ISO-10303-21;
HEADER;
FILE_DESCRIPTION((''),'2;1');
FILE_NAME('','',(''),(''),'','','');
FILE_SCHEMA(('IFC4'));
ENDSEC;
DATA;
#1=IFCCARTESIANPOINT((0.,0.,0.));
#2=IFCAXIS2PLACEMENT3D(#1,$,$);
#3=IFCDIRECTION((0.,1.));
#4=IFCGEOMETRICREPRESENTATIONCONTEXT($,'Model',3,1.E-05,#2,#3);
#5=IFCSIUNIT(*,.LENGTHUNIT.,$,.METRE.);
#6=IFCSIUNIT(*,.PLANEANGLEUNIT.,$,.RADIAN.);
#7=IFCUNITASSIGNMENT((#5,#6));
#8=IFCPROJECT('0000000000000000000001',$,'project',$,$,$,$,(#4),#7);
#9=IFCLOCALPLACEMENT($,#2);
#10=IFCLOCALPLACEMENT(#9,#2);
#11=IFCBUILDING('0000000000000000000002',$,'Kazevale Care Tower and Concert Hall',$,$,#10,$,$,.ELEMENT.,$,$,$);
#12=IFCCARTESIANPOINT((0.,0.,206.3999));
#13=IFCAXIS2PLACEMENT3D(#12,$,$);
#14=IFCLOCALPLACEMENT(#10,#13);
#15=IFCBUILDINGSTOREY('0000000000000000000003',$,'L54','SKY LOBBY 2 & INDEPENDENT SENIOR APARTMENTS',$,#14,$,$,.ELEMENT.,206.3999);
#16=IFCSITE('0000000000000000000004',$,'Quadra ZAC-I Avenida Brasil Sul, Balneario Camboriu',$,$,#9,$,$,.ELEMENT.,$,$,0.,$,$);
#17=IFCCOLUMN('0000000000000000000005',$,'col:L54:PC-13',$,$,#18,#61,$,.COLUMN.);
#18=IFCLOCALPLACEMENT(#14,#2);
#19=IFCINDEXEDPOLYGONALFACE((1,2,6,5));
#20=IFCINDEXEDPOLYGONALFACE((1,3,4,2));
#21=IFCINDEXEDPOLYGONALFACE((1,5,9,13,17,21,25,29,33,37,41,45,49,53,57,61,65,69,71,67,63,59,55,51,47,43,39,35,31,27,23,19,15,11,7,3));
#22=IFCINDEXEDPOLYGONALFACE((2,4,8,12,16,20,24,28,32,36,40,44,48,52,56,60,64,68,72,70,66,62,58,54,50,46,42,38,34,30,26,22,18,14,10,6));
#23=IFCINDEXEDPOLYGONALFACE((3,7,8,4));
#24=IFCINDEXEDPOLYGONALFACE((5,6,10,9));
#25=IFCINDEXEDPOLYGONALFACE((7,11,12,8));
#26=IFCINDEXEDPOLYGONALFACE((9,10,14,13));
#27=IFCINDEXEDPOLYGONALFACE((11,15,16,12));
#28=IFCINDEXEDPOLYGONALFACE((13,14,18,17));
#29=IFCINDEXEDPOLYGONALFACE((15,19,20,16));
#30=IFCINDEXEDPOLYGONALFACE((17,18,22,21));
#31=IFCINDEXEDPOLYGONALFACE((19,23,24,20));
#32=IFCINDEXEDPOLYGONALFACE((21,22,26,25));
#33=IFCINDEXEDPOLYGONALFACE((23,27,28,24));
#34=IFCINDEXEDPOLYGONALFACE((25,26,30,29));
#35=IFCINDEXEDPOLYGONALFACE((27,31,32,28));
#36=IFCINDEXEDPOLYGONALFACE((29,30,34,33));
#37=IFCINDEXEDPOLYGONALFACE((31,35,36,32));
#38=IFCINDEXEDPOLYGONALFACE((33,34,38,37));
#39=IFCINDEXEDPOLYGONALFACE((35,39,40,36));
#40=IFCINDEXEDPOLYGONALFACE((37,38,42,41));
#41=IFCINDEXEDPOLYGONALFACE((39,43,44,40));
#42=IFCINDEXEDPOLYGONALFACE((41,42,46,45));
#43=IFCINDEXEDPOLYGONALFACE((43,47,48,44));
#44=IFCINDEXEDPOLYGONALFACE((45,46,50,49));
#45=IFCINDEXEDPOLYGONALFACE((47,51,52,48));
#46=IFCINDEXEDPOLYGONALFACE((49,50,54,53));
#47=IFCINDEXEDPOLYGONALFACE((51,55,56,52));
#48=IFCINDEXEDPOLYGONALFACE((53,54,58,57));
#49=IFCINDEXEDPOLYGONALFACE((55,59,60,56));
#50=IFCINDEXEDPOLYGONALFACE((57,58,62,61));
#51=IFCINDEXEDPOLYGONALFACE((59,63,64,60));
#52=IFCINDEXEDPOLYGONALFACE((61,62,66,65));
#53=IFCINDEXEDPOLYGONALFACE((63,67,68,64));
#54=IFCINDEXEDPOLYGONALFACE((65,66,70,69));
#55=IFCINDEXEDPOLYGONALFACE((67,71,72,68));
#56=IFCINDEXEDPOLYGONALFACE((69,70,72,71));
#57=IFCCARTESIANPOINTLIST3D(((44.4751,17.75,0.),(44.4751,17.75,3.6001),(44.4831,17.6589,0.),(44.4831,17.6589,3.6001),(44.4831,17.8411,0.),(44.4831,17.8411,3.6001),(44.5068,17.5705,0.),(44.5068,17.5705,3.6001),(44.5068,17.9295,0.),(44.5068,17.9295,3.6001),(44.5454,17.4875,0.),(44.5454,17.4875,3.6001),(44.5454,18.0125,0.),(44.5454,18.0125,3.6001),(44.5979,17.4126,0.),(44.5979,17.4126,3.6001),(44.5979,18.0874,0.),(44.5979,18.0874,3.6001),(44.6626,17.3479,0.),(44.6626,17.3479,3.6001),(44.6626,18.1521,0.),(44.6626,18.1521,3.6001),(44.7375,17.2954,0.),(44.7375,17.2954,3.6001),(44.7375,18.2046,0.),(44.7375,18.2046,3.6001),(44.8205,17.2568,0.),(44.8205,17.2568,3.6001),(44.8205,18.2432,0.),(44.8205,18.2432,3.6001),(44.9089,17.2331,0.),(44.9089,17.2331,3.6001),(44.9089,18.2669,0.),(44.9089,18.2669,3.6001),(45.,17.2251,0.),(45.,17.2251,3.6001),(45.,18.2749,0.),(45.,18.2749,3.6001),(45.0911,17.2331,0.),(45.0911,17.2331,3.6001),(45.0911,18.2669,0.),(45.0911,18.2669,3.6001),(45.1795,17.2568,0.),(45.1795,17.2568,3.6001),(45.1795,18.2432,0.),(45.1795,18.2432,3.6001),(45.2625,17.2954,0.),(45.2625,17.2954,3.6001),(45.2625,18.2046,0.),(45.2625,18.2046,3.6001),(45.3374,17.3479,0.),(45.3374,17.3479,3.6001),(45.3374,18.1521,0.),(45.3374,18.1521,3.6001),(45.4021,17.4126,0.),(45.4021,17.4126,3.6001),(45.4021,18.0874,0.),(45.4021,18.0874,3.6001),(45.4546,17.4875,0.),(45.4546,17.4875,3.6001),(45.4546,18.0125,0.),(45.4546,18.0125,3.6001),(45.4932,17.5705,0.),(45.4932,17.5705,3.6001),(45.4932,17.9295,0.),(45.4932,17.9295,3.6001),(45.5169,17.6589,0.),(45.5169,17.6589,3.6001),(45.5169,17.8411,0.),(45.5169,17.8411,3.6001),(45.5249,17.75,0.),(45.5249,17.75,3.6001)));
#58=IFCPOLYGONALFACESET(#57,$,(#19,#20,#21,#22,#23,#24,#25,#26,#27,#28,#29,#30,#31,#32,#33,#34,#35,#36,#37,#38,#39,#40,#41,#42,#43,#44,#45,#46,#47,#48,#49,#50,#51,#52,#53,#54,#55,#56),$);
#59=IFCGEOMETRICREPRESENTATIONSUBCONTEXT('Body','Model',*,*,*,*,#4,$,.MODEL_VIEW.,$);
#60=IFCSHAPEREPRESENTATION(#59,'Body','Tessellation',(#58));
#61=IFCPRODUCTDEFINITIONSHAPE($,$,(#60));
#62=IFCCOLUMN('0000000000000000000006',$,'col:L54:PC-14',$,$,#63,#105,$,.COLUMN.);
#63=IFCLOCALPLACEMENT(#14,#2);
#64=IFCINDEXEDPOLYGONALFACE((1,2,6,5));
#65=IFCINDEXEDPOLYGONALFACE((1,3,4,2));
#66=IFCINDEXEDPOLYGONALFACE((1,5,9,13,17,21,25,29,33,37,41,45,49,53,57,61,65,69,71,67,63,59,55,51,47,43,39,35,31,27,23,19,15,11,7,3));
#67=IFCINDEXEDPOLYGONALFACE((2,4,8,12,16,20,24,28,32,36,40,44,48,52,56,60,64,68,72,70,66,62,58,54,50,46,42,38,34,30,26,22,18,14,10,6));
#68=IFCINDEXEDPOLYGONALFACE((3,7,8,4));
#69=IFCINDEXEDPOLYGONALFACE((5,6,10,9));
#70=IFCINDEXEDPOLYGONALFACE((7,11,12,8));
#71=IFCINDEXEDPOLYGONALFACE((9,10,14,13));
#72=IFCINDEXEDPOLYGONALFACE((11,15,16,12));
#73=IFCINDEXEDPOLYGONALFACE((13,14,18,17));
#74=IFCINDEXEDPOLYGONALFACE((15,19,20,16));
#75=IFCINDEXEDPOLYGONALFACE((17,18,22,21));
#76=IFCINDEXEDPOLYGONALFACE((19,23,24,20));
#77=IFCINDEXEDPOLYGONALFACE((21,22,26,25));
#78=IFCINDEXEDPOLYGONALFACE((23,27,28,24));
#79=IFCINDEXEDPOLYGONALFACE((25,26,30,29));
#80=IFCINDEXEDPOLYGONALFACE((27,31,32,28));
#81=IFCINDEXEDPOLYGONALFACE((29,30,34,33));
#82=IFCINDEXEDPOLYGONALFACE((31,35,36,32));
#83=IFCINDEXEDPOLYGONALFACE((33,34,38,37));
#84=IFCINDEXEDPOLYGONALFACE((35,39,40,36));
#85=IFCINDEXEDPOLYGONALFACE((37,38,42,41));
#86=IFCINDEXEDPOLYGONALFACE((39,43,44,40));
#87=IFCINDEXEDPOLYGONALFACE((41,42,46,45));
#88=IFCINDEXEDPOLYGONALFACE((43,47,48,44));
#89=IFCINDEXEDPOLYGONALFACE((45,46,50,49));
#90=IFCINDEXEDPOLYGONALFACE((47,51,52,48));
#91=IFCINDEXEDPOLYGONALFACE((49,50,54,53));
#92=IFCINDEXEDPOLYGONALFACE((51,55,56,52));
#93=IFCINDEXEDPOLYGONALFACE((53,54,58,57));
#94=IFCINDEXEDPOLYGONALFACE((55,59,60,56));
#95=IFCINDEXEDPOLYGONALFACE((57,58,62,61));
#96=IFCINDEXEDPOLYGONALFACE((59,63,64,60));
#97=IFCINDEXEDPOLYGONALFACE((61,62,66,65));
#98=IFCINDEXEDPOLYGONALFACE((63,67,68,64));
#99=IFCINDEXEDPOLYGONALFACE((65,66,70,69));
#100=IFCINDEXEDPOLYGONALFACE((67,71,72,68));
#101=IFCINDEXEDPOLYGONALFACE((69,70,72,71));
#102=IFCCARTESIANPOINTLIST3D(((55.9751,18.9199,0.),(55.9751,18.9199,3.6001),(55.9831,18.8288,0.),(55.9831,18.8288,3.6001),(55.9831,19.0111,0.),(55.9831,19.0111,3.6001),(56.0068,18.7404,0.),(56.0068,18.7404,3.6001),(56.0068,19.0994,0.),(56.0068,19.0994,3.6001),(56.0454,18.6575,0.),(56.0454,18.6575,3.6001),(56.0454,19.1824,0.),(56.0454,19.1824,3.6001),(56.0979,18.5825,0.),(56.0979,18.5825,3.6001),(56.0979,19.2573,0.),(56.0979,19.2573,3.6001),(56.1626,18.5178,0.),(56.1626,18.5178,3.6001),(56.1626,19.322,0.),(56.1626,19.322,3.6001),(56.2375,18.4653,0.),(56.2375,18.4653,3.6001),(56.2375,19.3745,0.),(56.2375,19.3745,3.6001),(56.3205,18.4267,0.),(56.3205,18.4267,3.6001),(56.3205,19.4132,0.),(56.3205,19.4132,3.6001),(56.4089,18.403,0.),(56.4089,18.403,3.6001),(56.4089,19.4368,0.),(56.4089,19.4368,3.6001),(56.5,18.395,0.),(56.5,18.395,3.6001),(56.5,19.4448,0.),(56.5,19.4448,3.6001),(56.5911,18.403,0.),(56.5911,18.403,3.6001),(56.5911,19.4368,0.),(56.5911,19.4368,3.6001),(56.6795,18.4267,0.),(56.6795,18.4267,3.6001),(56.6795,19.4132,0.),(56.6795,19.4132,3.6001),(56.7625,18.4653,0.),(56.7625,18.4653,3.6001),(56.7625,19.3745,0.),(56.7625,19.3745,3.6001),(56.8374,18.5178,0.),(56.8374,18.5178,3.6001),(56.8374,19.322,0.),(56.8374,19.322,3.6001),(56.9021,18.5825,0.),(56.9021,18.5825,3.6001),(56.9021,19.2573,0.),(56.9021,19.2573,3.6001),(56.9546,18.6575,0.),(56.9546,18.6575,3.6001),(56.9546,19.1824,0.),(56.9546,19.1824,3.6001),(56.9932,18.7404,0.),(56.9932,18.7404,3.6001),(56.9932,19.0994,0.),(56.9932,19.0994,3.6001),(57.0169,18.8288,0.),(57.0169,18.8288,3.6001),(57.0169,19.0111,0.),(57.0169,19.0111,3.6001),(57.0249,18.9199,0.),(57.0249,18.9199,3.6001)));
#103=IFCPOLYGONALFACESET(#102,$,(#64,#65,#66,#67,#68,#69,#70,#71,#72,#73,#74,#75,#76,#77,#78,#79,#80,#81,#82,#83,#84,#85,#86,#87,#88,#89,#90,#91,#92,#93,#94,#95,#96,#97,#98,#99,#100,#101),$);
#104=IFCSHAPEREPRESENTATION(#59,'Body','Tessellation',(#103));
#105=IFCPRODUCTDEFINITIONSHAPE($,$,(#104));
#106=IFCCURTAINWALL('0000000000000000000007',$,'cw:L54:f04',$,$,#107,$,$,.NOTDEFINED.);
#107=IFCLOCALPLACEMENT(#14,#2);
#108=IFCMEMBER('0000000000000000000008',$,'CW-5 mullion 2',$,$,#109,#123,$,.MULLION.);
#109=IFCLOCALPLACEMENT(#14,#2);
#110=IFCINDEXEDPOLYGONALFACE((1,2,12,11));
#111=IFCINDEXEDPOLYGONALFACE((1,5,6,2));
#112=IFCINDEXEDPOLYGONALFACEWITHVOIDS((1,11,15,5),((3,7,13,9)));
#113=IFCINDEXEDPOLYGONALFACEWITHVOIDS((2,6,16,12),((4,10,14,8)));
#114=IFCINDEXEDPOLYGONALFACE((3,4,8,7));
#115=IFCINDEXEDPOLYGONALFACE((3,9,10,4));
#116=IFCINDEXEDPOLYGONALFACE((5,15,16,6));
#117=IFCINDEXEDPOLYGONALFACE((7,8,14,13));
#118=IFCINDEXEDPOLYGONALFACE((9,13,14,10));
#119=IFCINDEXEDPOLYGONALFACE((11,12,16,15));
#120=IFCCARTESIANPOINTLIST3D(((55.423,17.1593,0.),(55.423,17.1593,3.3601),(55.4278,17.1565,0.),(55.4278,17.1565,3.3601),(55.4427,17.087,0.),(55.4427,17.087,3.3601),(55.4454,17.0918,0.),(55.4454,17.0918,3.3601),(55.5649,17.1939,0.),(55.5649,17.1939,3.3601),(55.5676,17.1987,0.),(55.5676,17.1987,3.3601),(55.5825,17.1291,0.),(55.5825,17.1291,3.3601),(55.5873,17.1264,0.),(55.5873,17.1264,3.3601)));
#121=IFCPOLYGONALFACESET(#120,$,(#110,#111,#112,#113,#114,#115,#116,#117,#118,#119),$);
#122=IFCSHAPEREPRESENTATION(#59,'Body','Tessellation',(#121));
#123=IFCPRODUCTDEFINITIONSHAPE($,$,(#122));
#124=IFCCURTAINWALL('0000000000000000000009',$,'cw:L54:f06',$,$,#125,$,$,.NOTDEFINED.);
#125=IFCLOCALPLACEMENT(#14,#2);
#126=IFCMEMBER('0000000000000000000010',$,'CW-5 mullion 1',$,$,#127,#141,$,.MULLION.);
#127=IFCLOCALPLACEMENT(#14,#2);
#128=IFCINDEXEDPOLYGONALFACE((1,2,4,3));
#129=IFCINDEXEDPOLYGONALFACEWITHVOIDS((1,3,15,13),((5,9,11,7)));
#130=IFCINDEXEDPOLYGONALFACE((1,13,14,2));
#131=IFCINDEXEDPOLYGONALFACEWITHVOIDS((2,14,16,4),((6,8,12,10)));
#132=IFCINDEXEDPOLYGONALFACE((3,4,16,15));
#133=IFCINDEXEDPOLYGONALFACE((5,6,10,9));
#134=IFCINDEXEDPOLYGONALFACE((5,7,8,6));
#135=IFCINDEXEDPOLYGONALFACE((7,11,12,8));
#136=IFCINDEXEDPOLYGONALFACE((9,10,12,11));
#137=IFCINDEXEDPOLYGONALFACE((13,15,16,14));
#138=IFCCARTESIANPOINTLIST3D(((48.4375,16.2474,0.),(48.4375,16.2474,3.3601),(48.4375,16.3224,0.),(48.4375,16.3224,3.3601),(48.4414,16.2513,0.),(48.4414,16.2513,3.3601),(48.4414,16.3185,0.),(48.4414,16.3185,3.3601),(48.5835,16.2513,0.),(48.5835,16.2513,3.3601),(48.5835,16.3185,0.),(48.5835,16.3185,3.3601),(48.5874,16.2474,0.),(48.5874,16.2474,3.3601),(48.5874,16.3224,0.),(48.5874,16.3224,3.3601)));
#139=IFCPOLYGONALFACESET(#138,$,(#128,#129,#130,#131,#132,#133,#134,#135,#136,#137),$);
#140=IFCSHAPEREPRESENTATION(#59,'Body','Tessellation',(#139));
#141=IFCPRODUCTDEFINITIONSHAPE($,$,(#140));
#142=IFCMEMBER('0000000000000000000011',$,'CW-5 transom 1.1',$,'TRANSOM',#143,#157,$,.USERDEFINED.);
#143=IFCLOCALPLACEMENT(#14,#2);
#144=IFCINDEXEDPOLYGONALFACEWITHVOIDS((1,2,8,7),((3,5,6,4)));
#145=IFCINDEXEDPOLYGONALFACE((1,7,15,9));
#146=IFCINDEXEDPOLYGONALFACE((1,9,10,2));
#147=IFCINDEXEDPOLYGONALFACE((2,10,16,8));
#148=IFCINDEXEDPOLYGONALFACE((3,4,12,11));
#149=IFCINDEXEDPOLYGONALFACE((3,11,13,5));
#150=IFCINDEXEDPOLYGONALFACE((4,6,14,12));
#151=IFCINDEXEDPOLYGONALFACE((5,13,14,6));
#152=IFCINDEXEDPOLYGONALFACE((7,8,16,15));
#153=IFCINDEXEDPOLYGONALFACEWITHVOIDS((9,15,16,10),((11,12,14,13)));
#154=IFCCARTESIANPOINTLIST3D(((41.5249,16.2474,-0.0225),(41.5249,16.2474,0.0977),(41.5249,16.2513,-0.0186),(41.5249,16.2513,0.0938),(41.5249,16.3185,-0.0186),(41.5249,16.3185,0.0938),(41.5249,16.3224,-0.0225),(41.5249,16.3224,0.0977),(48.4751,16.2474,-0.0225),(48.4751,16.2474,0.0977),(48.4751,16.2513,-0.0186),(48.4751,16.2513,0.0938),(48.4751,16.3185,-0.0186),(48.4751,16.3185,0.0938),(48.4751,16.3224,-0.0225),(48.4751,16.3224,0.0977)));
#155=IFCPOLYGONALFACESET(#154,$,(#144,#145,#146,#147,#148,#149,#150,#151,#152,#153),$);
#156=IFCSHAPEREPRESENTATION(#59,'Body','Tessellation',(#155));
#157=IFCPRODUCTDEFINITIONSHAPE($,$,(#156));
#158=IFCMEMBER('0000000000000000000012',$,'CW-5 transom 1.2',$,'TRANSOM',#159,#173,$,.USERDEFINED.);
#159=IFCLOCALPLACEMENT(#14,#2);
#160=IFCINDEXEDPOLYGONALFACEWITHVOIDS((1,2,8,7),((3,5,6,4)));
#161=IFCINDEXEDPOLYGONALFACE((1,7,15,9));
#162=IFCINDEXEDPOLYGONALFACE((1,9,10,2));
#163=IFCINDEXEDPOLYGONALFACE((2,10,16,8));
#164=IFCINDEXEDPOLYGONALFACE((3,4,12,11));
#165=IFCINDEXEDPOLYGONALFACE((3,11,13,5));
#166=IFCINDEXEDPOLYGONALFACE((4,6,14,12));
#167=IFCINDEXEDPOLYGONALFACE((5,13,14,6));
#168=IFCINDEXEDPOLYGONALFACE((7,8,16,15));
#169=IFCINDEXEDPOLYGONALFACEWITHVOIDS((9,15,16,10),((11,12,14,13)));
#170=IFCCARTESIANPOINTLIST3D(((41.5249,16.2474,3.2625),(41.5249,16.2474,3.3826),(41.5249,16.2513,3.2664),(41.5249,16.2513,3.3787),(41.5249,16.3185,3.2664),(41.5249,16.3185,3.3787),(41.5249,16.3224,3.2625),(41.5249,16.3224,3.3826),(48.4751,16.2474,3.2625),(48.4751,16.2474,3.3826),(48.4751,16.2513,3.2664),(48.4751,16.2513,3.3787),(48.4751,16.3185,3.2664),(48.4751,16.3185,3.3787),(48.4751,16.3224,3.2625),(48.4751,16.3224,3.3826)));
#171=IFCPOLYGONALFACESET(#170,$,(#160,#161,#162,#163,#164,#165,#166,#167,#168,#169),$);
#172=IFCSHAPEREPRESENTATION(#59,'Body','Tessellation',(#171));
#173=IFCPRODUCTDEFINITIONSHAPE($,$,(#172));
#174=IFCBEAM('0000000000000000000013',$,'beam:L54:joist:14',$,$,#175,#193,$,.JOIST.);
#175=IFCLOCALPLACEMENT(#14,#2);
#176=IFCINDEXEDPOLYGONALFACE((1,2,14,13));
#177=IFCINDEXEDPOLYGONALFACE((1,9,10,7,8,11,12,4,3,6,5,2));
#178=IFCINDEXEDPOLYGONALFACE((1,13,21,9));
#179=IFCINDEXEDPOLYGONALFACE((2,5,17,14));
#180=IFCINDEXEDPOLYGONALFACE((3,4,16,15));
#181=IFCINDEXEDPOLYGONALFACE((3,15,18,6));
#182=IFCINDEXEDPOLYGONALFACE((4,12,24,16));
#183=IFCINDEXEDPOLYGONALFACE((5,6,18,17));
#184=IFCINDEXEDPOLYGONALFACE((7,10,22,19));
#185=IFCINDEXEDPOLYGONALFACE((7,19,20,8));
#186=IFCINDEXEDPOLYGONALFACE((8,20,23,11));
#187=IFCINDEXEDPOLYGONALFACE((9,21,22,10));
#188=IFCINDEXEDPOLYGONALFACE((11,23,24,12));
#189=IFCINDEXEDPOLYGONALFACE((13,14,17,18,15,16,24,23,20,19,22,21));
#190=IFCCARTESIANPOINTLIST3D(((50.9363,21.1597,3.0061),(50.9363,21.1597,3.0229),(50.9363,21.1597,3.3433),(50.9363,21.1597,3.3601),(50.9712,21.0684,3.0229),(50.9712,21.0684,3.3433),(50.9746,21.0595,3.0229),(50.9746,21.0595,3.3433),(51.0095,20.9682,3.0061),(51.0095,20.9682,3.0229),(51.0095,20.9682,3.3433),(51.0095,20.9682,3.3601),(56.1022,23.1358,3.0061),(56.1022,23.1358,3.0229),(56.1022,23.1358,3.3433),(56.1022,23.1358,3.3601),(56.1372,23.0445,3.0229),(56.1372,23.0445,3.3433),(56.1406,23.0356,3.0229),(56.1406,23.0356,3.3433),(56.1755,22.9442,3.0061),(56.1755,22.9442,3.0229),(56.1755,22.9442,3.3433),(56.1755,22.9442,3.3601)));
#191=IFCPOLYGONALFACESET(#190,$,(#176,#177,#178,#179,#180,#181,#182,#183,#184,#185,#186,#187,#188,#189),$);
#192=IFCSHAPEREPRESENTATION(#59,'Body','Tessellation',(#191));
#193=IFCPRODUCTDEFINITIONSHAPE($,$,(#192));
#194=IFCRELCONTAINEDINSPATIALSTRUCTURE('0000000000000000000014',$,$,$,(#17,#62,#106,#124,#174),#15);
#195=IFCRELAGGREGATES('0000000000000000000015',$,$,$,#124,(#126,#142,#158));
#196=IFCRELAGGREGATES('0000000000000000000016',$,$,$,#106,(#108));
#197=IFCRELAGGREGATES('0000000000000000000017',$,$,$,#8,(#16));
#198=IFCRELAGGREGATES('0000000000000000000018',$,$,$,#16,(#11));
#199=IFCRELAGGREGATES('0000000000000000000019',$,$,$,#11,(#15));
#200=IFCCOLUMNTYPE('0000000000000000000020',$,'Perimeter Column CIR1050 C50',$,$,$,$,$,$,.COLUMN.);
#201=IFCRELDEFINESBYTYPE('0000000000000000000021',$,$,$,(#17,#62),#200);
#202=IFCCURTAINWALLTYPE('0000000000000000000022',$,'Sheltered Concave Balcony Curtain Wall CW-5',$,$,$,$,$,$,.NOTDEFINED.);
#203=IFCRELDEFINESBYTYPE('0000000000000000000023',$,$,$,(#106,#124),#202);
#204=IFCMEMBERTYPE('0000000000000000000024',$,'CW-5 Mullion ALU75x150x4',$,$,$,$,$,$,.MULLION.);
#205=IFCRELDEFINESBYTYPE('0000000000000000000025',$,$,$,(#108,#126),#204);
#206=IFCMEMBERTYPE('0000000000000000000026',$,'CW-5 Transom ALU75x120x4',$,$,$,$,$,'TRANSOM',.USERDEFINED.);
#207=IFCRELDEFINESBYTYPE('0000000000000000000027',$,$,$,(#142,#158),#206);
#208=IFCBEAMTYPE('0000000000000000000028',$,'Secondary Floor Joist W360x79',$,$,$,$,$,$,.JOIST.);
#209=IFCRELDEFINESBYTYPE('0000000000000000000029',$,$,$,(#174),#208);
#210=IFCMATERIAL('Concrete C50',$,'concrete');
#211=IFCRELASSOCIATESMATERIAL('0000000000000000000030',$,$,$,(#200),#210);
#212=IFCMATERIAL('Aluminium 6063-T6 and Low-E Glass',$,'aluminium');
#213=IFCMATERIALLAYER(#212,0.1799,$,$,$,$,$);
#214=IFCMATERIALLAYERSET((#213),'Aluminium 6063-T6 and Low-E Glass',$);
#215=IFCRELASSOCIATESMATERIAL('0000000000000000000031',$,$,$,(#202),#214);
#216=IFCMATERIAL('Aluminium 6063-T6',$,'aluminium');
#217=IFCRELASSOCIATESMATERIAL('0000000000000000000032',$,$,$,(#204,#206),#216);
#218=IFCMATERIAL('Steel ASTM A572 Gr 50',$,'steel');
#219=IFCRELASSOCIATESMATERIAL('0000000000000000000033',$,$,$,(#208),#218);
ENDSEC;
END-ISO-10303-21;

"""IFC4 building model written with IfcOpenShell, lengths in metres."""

from ifc_helpers import new_model, si_unit, direction, frame, origin, origin_2d, place, context, subcontext, project, spatial, hollow_rectangle, circle, i_section, extrude, material, layer, layer_set, material_profile, profile_set, type_object, element, aggregate, save


model = new_model("IFC4")

# Units and contexts
model_context = context("Model", 3, precision=1e-05, world=origin(), true_north=direction((0.0, 1.0)))
body_context = subcontext(model_context, "Body", "Model", "MODEL_VIEW")
ifc_project = project(units=[si_unit("LENGTHUNIT", "METRE"), si_unit("PLANEANGLEUNIT", "RADIAN")], contexts=[model_context])

# Site, building, storey
site_placement = place(None, origin())
site = spatial("IfcSite", under=ifc_project, at=site_placement, Name="Quadra ZAC-I Avenida Brasil Sul, Balneario Camboriu", CompositionType="ELEMENT", RefElevation=0.0)
building_placement = place(site_placement, origin())
building = spatial("IfcBuilding", under=site, at=building_placement, Name="Kazevale Care Tower and Concert Hall", CompositionType="ELEMENT")
storey_placement = place(building_placement, frame((0.0, 0.0, 206.3999)))
storey = spatial("IfcBuildingStorey", under=building, at=storey_placement, Name="L54", Description="SKY LOBBY 2 & INDEPENDENT SENIOR APARTMENTS", CompositionType="ELEMENT", Elevation=206.3999)

# Columns
ifc_material_1 = material(Name="Concrete C50", Category="concrete")
ifc_material_profile_1 = material_profile(ifc_material_1, circle(Radius=0.5249, at=origin_2d()), Name="RC-CIR1050")
ifc_profile_set_1 = profile_set([ifc_material_profile_1], Name="Concrete C50")
column_type = type_object("IfcColumnType", Name="Perimeter Column CIR1050 C50", PredefinedType="COLUMN", material=ifc_profile_set_1)
for number, where, z_axis, x_axis, name in (
    (1, (45.0, 17.75, 0.0), (0.0, 0.0, 1.0), (1.0, 0.0, 0.0), "col:L54:PC-13"),
    (2, (56.5, 18.9199, 0.0), (0.0, 0.0, 1.0), (1.0, 0.0, 0.0), "col:L54:PC-14"),
):
    element("IfcColumn", number, at=place(storey_placement, frame(where, z_axis=z_axis, x_axis=x_axis)), inside=storey, type_object=column_type, Name=name, PredefinedType="COLUMN", context=body_context, shape_type="SweptSolid", body=[
        extrude(circle(Radius=0.5249, at=origin_2d()), origin(), (0.0, 0.0, 1.0), 3.6001),
    ])

# Curtain wall, member
ifc_material_2 = material(Name="Aluminium 6063-T6 and Low-E Glass", Category="aluminium")
ifc_layer_1 = layer(ifc_material_2, 0.1799)
ifc_layer_set_1 = layer_set([ifc_layer_1], Name="Aluminium 6063-T6 and Low-E Glass")
curtain_wall_type = type_object("IfcCurtainWallType", Name="Sheltered Concave Balcony Curtain Wall CW-5", PredefinedType="NOTDEFINED", material=ifc_layer_set_1)
curtain_wall_1_placement = place(storey_placement, origin())
curtain_wall_1 = element("IfcCurtainWall", 3, at=curtain_wall_1_placement, inside=storey, type_object=curtain_wall_type, Name="cw:L54:f04", PredefinedType="NOTDEFINED")
ifc_material_3 = material(Name="Aluminium 6063-T6", Category="aluminium")
ifc_material_profile_2 = material_profile(ifc_material_3, hollow_rectangle(XDim=0.075, YDim=0.1499, WallThickness=0.0039, at=origin_2d()), Name="ALU75x150x4")
ifc_profile_set_2 = profile_set([ifc_material_profile_2], Name="Aluminium 6063-T6")
member_type_1 = type_object("IfcMemberType", Name="CW-5 Mullion ALU75x150x4", PredefinedType="MULLION", material=ifc_profile_set_2)
member_1_placement = place(storey_placement, frame((55.5051, 17.1428, 0.0), z_axis=(0.0, 0.0, 1.0), x_axis=(0.262849, -0.964837, 0.0)))
member_1 = element("IfcMember", 4, at=member_1_placement, type_object=member_type_1, Name="CW-5 mullion 2", PredefinedType="MULLION", context=body_context, shape_type="SweptSolid", body=[
    extrude(hollow_rectangle(XDim=0.075, YDim=0.1499, WallThickness=0.0039, at=origin_2d()), origin(), (0.0, 0.0, 1.0), 3.3601),
])

# Curtain wall, members
curtain_wall_2_placement = place(storey_placement, origin())
curtain_wall_2 = element("IfcCurtainWall", 5, at=curtain_wall_2_placement, inside=storey, type_object=curtain_wall_type, Name="cw:L54:f06", PredefinedType="NOTDEFINED")
member_2_placement = place(storey_placement, frame((48.5125, 16.2849, 0.0), z_axis=(0.0, 0.0, 1.0), x_axis=(0.0, -1.0, 0.0)))
member_2 = element("IfcMember", 6, at=member_2_placement, type_object=member_type_1, Name="CW-5 mullion 1", PredefinedType="MULLION", context=body_context, shape_type="SweptSolid", body=[
    extrude(hollow_rectangle(XDim=0.075, YDim=0.1499, WallThickness=0.0039, at=origin_2d()), origin(), (0.0, 0.0, 1.0), 3.3601),
])
ifc_material_profile_3 = material_profile(ifc_material_3, hollow_rectangle(XDim=0.075, YDim=0.1201, WallThickness=0.0039, at=origin_2d()), Name="ALU75x120x4")
ifc_profile_set_3 = profile_set([ifc_material_profile_3], Name="Aluminium 6063-T6")
member_type_2 = type_object("IfcMemberType", Name="CW-5 Transom ALU75x120x4", ElementType="TRANSOM", PredefinedType="USERDEFINED", material=ifc_profile_set_3)
member_3_placement = place(storey_placement, frame((48.4751, 16.2849, 0.0376), z_axis=(-1.0, 0.0, 0.0), x_axis=(0.0, -1.0, 0.0)))
member_3 = element("IfcMember", 7, at=member_3_placement, type_object=member_type_2, Name="CW-5 transom 1.1", ObjectType="TRANSOM", PredefinedType="USERDEFINED", context=body_context, shape_type="SweptSolid", body=[
    extrude(hollow_rectangle(XDim=0.075, YDim=0.1201, WallThickness=0.0039, at=origin_2d()), origin(), (0.0, 0.0, 1.0), 6.9502),
])
member_4_placement = place(storey_placement, frame((48.4751, 16.2849, 3.3225), z_axis=(-1.0, 0.0, 0.0), x_axis=(0.0, -1.0, 0.0)))
member_4 = element("IfcMember", 8, at=member_4_placement, type_object=member_type_2, Name="CW-5 transom 1.2", ObjectType="TRANSOM", PredefinedType="USERDEFINED", context=body_context, shape_type="SweptSolid", body=[
    extrude(hollow_rectangle(XDim=0.075, YDim=0.1201, WallThickness=0.0039, at=origin_2d()), origin(), (0.0, 0.0, 1.0), 6.9502),
])
aggregate(curtain_wall_2, [member_2, member_3, member_4])

# Beam
ifc_material_4 = material(Name="Steel ASTM A572 Gr 50", Category="steel")
ifc_material_profile_4 = material_profile(ifc_material_4, i_section(OverallWidth=0.2051, OverallDepth=0.354, WebThickness=0.0095, FlangeThickness=0.0168, at=origin_2d()), Name="W360x79")
ifc_profile_set_4 = profile_set([ifc_material_profile_4], Name="Steel ASTM A572 Gr 50")
beam_type_1 = type_object("IfcBeamType", Name="Secondary Floor Joist W360x79", PredefinedType="JOIST", material=ifc_profile_set_4)
beam_1_placement = place(storey_placement, frame((50.9729, 21.064, 3.1831), z_axis=(0.934002, 0.357269, 0.0), x_axis=(-0.357269, 0.934002, 0.0)))
element("IfcBeam", 9, at=beam_1_placement, inside=storey, type_object=beam_type_1, Name="beam:L54:joist:14", PredefinedType="JOIST", context=body_context, shape_type="SweptSolid", body=[
    extrude(i_section(OverallWidth=0.2051, OverallDepth=0.354, WebThickness=0.0095, FlangeThickness=0.0168, at=origin_2d()), origin(), (0.0, 0.0, 1.0), 5.531),
])

aggregate(curtain_wall_1, [member_1])

save(model, "model.ifc")
